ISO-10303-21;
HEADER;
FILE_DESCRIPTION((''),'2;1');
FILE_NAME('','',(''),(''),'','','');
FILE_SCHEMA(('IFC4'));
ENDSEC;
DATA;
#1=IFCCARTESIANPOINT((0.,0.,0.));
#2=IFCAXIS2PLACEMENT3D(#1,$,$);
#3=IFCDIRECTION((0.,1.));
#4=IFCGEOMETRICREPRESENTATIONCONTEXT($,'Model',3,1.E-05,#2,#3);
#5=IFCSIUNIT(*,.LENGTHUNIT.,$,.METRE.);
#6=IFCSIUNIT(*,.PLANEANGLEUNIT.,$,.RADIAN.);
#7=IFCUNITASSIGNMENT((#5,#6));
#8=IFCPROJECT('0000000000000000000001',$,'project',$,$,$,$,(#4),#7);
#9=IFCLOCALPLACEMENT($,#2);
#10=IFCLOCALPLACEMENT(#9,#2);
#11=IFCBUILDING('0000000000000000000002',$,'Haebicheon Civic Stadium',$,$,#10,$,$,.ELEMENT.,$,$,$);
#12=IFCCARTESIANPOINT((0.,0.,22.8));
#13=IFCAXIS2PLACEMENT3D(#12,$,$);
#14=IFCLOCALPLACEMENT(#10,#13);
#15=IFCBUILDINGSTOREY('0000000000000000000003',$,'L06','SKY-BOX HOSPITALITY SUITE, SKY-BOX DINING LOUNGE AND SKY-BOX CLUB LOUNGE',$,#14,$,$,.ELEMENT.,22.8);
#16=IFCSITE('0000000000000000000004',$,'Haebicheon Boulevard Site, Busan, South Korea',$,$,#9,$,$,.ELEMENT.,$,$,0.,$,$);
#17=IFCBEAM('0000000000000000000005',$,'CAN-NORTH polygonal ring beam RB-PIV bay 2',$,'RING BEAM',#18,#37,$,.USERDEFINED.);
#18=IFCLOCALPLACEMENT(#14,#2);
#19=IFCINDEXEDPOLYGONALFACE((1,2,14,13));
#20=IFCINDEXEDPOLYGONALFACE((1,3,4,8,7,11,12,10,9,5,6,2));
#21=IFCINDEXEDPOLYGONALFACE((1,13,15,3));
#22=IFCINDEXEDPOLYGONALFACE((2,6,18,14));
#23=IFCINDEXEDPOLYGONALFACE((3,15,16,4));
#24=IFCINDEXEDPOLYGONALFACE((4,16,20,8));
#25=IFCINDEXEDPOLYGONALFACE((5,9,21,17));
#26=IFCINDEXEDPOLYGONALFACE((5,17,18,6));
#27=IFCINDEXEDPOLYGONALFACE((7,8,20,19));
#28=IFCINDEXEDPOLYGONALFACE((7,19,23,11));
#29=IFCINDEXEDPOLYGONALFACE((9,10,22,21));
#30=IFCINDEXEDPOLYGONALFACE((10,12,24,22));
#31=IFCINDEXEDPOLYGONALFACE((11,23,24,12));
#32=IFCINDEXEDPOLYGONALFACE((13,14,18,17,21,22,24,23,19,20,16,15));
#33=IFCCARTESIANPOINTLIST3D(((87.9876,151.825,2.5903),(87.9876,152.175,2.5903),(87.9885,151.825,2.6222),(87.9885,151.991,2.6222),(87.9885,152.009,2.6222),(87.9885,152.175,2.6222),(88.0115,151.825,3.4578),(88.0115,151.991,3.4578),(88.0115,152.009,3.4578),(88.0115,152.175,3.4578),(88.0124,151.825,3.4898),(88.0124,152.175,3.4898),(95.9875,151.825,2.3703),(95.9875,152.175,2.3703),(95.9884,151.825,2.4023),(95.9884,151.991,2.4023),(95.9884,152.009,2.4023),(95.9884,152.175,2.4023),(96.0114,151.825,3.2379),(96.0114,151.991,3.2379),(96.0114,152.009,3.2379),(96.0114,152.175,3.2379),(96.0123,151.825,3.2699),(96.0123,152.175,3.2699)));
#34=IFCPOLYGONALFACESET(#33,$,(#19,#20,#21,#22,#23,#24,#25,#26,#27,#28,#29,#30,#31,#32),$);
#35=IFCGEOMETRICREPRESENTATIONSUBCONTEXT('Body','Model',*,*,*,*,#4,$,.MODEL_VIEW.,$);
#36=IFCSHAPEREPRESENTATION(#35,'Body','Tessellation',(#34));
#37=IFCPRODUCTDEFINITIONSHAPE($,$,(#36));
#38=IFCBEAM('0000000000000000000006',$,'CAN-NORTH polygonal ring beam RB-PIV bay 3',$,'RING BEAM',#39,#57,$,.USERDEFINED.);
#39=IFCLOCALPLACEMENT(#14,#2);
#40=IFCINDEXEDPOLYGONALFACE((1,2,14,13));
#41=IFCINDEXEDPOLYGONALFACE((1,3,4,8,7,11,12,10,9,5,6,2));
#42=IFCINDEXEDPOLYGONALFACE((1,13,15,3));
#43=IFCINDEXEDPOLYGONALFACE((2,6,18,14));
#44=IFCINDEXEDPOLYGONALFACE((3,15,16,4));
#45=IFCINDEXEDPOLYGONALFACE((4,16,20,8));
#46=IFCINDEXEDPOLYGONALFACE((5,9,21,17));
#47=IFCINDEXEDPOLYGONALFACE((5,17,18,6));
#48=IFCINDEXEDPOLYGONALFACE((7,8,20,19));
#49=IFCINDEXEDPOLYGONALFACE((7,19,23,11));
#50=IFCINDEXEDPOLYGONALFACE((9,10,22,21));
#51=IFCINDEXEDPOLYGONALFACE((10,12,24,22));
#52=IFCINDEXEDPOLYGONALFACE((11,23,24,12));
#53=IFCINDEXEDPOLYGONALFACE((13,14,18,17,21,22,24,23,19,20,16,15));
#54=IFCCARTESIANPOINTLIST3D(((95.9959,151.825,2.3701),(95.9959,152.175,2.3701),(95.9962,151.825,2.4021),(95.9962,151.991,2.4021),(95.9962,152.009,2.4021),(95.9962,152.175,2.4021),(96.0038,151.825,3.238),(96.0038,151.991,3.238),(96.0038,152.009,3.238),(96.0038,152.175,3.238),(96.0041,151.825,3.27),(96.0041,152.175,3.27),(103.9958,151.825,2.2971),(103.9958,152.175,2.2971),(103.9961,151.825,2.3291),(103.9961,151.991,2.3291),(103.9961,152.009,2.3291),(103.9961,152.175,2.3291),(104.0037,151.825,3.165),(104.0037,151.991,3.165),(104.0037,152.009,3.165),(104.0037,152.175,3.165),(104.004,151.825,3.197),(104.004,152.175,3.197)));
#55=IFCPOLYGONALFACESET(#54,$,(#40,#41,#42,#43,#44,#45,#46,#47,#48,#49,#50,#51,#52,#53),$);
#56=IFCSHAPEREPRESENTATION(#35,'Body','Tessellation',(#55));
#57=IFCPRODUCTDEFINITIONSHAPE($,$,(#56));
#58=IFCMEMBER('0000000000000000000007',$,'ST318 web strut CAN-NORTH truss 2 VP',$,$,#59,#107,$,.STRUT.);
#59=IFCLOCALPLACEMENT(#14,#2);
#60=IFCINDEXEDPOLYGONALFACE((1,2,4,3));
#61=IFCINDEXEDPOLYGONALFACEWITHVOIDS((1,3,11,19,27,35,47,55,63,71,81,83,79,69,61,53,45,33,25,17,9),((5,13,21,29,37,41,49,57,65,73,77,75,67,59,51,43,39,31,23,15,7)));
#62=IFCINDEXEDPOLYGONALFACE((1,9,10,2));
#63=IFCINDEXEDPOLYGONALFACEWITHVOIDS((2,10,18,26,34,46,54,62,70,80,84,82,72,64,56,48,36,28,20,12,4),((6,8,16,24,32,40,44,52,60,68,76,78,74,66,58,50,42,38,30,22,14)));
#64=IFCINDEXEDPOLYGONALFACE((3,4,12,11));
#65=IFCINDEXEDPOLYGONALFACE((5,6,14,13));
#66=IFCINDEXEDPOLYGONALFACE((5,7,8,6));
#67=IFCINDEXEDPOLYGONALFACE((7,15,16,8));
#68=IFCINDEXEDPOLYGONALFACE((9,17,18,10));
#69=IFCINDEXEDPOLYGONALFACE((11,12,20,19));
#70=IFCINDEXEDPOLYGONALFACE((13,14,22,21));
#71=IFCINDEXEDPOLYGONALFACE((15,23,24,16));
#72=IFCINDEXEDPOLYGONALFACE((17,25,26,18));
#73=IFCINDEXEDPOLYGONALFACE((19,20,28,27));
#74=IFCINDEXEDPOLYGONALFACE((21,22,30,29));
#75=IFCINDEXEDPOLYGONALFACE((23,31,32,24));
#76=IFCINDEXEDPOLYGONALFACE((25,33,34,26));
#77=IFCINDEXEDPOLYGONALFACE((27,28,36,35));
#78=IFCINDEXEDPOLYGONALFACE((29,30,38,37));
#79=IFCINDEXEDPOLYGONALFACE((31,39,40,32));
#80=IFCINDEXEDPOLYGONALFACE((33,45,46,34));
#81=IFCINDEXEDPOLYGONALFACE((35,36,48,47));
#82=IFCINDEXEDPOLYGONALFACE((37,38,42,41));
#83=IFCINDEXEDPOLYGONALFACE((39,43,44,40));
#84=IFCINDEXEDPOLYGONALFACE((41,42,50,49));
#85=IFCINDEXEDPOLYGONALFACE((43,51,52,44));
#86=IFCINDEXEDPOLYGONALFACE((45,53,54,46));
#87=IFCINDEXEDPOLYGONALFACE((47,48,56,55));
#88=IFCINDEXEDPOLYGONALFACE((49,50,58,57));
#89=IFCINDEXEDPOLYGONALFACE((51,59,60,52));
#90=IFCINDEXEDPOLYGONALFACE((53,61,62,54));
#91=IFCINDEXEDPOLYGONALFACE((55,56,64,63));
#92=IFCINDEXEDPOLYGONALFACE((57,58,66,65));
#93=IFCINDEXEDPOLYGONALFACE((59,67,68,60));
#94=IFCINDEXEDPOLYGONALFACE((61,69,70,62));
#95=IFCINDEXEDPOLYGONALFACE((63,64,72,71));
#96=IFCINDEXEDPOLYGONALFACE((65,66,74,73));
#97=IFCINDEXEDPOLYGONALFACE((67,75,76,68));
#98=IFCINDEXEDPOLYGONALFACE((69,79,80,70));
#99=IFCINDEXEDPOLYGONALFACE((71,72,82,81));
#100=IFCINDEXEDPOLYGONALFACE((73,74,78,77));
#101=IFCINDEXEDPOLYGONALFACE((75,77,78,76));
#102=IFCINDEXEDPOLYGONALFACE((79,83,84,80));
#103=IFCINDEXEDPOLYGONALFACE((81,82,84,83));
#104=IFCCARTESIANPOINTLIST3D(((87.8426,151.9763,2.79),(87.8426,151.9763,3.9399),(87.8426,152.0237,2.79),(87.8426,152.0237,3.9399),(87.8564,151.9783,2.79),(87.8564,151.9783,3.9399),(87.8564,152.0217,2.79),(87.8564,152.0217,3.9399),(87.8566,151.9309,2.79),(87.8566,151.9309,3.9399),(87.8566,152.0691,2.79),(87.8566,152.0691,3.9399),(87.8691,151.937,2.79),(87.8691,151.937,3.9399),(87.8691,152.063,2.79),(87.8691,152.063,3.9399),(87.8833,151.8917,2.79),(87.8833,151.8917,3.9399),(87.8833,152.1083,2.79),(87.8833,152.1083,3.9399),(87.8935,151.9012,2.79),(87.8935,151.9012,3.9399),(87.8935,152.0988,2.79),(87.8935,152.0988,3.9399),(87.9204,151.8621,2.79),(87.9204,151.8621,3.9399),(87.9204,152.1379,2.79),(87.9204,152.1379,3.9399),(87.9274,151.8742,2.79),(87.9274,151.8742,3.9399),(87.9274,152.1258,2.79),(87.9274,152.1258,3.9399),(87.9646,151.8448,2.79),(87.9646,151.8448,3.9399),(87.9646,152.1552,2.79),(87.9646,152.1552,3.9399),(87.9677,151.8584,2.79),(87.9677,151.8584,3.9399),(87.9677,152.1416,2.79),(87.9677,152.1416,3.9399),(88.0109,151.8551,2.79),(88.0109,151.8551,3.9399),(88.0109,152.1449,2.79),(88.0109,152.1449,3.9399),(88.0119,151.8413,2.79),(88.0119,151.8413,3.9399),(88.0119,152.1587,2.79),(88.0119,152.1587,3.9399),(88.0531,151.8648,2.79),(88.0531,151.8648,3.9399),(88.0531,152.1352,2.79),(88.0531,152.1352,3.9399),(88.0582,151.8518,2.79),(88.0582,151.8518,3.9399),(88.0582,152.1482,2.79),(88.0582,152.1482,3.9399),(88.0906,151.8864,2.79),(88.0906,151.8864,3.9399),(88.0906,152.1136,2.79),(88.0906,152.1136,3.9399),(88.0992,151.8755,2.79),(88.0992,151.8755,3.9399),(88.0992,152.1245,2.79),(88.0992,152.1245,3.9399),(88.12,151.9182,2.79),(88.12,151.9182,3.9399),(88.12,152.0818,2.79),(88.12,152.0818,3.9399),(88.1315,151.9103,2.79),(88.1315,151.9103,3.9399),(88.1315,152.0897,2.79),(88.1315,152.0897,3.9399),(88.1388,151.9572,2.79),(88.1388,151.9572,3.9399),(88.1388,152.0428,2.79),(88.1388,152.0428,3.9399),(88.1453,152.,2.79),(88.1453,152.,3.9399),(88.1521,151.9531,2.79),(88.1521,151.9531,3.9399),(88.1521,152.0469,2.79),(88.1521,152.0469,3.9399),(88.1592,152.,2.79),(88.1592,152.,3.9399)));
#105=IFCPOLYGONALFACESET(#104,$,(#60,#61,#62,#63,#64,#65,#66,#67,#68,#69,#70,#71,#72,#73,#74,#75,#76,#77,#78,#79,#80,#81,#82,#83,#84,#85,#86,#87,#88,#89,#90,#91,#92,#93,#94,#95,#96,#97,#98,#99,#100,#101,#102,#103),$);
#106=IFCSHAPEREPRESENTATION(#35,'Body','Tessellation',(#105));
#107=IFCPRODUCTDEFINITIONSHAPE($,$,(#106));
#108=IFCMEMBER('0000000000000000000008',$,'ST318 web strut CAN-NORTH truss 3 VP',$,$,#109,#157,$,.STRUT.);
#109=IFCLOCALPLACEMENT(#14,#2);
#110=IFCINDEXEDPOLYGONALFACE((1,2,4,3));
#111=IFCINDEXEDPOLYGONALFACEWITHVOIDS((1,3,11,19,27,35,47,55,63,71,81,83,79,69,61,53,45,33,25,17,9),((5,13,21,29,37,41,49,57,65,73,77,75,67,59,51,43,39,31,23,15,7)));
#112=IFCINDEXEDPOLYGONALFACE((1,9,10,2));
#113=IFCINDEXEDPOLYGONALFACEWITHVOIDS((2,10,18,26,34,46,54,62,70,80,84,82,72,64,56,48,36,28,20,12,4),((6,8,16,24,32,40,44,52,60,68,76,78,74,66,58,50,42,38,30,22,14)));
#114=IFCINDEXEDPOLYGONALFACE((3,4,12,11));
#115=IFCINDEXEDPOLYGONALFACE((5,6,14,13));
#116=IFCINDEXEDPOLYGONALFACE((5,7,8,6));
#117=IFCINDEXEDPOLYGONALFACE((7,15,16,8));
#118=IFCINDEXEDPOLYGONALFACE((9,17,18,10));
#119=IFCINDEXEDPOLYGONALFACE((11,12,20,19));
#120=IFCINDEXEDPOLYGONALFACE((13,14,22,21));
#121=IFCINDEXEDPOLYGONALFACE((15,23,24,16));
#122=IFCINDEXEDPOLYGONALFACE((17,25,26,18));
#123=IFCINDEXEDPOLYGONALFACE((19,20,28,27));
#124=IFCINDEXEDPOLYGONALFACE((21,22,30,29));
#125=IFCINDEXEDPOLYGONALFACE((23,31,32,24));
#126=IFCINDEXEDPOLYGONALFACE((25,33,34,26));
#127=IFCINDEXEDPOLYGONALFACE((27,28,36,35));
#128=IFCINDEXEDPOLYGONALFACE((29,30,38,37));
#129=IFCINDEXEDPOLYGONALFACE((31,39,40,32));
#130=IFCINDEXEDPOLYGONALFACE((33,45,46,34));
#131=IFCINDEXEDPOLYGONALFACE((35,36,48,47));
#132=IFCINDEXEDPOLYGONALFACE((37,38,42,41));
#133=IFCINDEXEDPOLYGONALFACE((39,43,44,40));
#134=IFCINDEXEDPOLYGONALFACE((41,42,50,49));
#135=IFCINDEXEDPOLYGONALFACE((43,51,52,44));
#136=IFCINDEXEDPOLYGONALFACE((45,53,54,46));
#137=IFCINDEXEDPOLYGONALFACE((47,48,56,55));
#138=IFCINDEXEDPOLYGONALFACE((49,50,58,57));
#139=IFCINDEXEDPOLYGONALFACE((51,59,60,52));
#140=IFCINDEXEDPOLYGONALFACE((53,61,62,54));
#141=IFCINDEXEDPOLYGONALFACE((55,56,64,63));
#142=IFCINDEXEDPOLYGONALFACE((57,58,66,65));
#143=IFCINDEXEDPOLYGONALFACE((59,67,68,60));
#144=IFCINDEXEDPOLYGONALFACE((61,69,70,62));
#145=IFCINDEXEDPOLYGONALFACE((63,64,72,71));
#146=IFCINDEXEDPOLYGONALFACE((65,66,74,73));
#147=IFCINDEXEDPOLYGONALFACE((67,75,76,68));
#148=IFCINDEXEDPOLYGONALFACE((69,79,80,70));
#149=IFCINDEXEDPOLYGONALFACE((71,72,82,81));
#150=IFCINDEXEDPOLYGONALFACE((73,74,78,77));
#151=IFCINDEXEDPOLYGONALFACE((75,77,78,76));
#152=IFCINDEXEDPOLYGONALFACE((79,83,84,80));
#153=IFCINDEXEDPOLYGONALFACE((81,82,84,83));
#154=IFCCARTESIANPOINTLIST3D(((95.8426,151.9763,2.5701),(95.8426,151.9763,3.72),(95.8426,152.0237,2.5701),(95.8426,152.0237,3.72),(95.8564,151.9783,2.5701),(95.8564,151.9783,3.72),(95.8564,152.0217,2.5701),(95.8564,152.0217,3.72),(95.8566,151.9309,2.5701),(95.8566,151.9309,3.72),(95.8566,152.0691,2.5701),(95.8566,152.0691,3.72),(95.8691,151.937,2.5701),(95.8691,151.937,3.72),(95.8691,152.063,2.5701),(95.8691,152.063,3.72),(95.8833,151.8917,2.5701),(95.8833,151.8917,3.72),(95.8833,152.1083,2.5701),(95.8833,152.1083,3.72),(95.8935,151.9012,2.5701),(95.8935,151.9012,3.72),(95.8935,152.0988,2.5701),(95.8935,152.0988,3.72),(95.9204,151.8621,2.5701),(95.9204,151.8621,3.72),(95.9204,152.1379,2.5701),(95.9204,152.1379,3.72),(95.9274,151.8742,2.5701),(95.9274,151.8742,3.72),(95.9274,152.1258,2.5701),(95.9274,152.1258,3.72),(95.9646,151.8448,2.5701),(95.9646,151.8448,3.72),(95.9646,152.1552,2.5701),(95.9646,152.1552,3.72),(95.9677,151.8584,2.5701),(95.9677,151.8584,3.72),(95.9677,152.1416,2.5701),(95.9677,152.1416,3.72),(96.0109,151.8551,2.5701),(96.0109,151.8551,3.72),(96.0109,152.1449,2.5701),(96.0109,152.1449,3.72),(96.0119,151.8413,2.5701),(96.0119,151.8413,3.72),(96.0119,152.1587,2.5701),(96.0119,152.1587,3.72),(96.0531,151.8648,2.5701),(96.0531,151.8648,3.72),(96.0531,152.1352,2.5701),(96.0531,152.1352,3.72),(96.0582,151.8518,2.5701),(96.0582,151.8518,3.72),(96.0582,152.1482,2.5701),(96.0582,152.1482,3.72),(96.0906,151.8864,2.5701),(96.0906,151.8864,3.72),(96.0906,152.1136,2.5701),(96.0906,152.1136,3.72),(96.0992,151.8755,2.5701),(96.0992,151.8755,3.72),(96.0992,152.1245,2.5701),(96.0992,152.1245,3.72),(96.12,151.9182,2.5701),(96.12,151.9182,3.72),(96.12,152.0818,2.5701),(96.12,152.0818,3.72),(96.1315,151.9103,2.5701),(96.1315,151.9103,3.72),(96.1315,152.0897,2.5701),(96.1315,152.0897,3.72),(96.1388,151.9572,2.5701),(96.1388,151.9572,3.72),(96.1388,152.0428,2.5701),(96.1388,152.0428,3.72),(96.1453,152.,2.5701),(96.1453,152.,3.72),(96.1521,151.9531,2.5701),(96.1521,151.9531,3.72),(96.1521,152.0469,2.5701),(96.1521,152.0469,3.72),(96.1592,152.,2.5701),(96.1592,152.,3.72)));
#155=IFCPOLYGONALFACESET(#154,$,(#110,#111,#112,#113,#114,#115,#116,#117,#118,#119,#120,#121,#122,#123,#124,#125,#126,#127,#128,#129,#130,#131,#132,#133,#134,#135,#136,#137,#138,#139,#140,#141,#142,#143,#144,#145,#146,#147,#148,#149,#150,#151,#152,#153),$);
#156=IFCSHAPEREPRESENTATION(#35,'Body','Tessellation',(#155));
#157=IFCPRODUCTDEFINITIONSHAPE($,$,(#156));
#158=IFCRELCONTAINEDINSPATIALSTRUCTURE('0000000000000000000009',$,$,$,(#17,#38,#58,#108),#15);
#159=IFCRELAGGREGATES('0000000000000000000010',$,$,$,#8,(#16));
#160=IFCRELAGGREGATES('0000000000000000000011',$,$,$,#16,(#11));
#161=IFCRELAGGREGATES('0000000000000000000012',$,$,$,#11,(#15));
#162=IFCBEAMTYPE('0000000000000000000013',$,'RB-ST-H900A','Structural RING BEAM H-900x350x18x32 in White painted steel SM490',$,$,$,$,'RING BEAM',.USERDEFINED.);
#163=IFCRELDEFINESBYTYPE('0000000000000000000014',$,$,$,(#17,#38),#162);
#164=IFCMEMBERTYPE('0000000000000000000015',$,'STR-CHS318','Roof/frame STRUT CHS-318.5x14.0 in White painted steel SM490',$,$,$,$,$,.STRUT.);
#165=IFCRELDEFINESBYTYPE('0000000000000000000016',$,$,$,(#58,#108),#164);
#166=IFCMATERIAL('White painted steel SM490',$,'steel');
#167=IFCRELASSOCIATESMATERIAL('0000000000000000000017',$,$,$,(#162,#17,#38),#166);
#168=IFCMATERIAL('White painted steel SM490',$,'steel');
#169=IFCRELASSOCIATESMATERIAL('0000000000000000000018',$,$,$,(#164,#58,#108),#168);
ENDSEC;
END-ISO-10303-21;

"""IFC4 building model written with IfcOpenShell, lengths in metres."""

from ifc_helpers import new_model, si_unit, direction, frame, origin, origin_2d, place, context, subcontext, project, spatial, hollow_circle, i_section, extrude, material, material_profile, profile_set, type_object, element, save


model = new_model("IFC4")

# Units and contexts
model_context = context("Model", 3, precision=1e-05, world=origin(), true_north=direction((0.0, 1.0)))
body_context = subcontext(model_context, "Body", "Model", "MODEL_VIEW")
ifc_project = project(units=[si_unit("LENGTHUNIT", "METRE"), si_unit("PLANEANGLEUNIT", "RADIAN")], contexts=[model_context])

# Site, building, storey
site_placement = place(None, origin())
site = spatial("IfcSite", under=ifc_project, at=site_placement, Name="Haebicheon Boulevard Site, Busan, South Korea", CompositionType="ELEMENT", RefElevation=0.0)
building_placement = place(site_placement, origin())
building = spatial("IfcBuilding", under=site, at=building_placement, Name="Haebicheon Civic Stadium", CompositionType="ELEMENT")
storey_placement = place(building_placement, frame((0.0, 0.0, 22.8)))
storey = spatial("IfcBuildingStorey", under=building, at=storey_placement, Name="L06", Description="SKY-BOX HOSPITALITY SUITE, SKY-BOX DINING LOUNGE AND SKY-BOX CLUB LOUNGE", CompositionType="ELEMENT", Elevation=22.8)

# Beams
ifc_material_1 = material(Name="White painted steel SM490", Category="steel")
ifc_material_profile_1 = material_profile(ifc_material_1, i_section(OverallWidth=0.3501, OverallDepth=0.8999, WebThickness=0.0181, FlangeThickness=0.032, at=origin_2d()), Name="H-900x350x18x32")
ifc_profile_set_1 = profile_set([ifc_material_profile_1], Name="White painted steel SM490")
beam_type_1 = type_object("IfcBeamType", Name="RB-ST-H900A", Description="Structural RING BEAM H-900x350x18x32 in White painted steel SM490", ElementType="RING BEAM", PredefinedType="USERDEFINED", material=ifc_profile_set_1)
beam_1_placement = place(storey_placement, frame((88.0, 152.0, 3.04), z_axis=(0.999622, 0.0, -0.027486), x_axis=(0.0, 1.0, 0.0)))
element("IfcBeam", 1, at=beam_1_placement, inside=storey, type_object=beam_type_1, material=ifc_profile_set_1, Name="CAN-NORTH polygonal ring beam RB-PIV bay 2", ObjectType="RING BEAM", PredefinedType="USERDEFINED", context=body_context, shape_type="SweptSolid", body=[
    extrude(i_section(OverallWidth=0.3501, OverallDepth=0.8999, WebThickness=0.0181, FlangeThickness=0.032, at=origin_2d()), origin(), (0.0, 0.0, 1.0), 8.0029),
])
beam_2_placement = place(storey_placement, frame((96.0, 152.0, 2.8201), z_axis=(0.999958, 0.0, -0.009124), x_axis=(0.0, 1.0, 0.0)))
element("IfcBeam", 2, at=beam_2_placement, inside=storey, type_object=beam_type_1, material=ifc_profile_set_1, Name="CAN-NORTH polygonal ring beam RB-PIV bay 3", ObjectType="RING BEAM", PredefinedType="USERDEFINED", context=body_context, shape_type="SweptSolid", body=[
    extrude(i_section(OverallWidth=0.3501, OverallDepth=0.8999, WebThickness=0.0181, FlangeThickness=0.032, at=origin_2d()), origin(), (0.0, 0.0, 1.0), 8.0002),
])

# Members
ifc_material_2 = material(Name="White painted steel SM490", Category="steel")
ifc_material_profile_2 = material_profile(ifc_material_2, hollow_circle(Radius=0.1592, WallThickness=0.0139, at=origin_2d()), Name="CHS-318.5x14.0")
ifc_profile_set_2 = profile_set([ifc_material_profile_2], Name="White painted steel SM490")
member_type_1 = type_object("IfcMemberType", Name="STR-CHS318", Description="Roof/frame STRUT CHS-318.5x14.0 in White painted steel SM490", PredefinedType="STRUT", material=ifc_profile_set_2)
for number, where, z_axis, x_axis, name in (
    (3, (88.0, 152.0, 2.79), (0.0, 0.0, 1.0), (1.0, 0.0, 0.0), "ST318 web strut CAN-NORTH truss 2 VP"),
    (4, (96.0, 152.0, 2.5701), (0.0, 0.0, 1.0), (1.0, 0.0, 0.0), "ST318 web strut CAN-NORTH truss 3 VP"),
):
    element("IfcMember", number, at=place(storey_placement, frame(where, z_axis=z_axis, x_axis=x_axis)), inside=storey, type_object=member_type_1, material=ifc_profile_set_2, Name=name, PredefinedType="STRUT", context=body_context, shape_type="SweptSolid", body=[
        extrude(hollow_circle(Radius=0.1592, WallThickness=0.0139, at=origin_2d()), origin(), (0.0, 0.0, 1.0), 1.1499),
    ])

save(model, "model.ifc")
